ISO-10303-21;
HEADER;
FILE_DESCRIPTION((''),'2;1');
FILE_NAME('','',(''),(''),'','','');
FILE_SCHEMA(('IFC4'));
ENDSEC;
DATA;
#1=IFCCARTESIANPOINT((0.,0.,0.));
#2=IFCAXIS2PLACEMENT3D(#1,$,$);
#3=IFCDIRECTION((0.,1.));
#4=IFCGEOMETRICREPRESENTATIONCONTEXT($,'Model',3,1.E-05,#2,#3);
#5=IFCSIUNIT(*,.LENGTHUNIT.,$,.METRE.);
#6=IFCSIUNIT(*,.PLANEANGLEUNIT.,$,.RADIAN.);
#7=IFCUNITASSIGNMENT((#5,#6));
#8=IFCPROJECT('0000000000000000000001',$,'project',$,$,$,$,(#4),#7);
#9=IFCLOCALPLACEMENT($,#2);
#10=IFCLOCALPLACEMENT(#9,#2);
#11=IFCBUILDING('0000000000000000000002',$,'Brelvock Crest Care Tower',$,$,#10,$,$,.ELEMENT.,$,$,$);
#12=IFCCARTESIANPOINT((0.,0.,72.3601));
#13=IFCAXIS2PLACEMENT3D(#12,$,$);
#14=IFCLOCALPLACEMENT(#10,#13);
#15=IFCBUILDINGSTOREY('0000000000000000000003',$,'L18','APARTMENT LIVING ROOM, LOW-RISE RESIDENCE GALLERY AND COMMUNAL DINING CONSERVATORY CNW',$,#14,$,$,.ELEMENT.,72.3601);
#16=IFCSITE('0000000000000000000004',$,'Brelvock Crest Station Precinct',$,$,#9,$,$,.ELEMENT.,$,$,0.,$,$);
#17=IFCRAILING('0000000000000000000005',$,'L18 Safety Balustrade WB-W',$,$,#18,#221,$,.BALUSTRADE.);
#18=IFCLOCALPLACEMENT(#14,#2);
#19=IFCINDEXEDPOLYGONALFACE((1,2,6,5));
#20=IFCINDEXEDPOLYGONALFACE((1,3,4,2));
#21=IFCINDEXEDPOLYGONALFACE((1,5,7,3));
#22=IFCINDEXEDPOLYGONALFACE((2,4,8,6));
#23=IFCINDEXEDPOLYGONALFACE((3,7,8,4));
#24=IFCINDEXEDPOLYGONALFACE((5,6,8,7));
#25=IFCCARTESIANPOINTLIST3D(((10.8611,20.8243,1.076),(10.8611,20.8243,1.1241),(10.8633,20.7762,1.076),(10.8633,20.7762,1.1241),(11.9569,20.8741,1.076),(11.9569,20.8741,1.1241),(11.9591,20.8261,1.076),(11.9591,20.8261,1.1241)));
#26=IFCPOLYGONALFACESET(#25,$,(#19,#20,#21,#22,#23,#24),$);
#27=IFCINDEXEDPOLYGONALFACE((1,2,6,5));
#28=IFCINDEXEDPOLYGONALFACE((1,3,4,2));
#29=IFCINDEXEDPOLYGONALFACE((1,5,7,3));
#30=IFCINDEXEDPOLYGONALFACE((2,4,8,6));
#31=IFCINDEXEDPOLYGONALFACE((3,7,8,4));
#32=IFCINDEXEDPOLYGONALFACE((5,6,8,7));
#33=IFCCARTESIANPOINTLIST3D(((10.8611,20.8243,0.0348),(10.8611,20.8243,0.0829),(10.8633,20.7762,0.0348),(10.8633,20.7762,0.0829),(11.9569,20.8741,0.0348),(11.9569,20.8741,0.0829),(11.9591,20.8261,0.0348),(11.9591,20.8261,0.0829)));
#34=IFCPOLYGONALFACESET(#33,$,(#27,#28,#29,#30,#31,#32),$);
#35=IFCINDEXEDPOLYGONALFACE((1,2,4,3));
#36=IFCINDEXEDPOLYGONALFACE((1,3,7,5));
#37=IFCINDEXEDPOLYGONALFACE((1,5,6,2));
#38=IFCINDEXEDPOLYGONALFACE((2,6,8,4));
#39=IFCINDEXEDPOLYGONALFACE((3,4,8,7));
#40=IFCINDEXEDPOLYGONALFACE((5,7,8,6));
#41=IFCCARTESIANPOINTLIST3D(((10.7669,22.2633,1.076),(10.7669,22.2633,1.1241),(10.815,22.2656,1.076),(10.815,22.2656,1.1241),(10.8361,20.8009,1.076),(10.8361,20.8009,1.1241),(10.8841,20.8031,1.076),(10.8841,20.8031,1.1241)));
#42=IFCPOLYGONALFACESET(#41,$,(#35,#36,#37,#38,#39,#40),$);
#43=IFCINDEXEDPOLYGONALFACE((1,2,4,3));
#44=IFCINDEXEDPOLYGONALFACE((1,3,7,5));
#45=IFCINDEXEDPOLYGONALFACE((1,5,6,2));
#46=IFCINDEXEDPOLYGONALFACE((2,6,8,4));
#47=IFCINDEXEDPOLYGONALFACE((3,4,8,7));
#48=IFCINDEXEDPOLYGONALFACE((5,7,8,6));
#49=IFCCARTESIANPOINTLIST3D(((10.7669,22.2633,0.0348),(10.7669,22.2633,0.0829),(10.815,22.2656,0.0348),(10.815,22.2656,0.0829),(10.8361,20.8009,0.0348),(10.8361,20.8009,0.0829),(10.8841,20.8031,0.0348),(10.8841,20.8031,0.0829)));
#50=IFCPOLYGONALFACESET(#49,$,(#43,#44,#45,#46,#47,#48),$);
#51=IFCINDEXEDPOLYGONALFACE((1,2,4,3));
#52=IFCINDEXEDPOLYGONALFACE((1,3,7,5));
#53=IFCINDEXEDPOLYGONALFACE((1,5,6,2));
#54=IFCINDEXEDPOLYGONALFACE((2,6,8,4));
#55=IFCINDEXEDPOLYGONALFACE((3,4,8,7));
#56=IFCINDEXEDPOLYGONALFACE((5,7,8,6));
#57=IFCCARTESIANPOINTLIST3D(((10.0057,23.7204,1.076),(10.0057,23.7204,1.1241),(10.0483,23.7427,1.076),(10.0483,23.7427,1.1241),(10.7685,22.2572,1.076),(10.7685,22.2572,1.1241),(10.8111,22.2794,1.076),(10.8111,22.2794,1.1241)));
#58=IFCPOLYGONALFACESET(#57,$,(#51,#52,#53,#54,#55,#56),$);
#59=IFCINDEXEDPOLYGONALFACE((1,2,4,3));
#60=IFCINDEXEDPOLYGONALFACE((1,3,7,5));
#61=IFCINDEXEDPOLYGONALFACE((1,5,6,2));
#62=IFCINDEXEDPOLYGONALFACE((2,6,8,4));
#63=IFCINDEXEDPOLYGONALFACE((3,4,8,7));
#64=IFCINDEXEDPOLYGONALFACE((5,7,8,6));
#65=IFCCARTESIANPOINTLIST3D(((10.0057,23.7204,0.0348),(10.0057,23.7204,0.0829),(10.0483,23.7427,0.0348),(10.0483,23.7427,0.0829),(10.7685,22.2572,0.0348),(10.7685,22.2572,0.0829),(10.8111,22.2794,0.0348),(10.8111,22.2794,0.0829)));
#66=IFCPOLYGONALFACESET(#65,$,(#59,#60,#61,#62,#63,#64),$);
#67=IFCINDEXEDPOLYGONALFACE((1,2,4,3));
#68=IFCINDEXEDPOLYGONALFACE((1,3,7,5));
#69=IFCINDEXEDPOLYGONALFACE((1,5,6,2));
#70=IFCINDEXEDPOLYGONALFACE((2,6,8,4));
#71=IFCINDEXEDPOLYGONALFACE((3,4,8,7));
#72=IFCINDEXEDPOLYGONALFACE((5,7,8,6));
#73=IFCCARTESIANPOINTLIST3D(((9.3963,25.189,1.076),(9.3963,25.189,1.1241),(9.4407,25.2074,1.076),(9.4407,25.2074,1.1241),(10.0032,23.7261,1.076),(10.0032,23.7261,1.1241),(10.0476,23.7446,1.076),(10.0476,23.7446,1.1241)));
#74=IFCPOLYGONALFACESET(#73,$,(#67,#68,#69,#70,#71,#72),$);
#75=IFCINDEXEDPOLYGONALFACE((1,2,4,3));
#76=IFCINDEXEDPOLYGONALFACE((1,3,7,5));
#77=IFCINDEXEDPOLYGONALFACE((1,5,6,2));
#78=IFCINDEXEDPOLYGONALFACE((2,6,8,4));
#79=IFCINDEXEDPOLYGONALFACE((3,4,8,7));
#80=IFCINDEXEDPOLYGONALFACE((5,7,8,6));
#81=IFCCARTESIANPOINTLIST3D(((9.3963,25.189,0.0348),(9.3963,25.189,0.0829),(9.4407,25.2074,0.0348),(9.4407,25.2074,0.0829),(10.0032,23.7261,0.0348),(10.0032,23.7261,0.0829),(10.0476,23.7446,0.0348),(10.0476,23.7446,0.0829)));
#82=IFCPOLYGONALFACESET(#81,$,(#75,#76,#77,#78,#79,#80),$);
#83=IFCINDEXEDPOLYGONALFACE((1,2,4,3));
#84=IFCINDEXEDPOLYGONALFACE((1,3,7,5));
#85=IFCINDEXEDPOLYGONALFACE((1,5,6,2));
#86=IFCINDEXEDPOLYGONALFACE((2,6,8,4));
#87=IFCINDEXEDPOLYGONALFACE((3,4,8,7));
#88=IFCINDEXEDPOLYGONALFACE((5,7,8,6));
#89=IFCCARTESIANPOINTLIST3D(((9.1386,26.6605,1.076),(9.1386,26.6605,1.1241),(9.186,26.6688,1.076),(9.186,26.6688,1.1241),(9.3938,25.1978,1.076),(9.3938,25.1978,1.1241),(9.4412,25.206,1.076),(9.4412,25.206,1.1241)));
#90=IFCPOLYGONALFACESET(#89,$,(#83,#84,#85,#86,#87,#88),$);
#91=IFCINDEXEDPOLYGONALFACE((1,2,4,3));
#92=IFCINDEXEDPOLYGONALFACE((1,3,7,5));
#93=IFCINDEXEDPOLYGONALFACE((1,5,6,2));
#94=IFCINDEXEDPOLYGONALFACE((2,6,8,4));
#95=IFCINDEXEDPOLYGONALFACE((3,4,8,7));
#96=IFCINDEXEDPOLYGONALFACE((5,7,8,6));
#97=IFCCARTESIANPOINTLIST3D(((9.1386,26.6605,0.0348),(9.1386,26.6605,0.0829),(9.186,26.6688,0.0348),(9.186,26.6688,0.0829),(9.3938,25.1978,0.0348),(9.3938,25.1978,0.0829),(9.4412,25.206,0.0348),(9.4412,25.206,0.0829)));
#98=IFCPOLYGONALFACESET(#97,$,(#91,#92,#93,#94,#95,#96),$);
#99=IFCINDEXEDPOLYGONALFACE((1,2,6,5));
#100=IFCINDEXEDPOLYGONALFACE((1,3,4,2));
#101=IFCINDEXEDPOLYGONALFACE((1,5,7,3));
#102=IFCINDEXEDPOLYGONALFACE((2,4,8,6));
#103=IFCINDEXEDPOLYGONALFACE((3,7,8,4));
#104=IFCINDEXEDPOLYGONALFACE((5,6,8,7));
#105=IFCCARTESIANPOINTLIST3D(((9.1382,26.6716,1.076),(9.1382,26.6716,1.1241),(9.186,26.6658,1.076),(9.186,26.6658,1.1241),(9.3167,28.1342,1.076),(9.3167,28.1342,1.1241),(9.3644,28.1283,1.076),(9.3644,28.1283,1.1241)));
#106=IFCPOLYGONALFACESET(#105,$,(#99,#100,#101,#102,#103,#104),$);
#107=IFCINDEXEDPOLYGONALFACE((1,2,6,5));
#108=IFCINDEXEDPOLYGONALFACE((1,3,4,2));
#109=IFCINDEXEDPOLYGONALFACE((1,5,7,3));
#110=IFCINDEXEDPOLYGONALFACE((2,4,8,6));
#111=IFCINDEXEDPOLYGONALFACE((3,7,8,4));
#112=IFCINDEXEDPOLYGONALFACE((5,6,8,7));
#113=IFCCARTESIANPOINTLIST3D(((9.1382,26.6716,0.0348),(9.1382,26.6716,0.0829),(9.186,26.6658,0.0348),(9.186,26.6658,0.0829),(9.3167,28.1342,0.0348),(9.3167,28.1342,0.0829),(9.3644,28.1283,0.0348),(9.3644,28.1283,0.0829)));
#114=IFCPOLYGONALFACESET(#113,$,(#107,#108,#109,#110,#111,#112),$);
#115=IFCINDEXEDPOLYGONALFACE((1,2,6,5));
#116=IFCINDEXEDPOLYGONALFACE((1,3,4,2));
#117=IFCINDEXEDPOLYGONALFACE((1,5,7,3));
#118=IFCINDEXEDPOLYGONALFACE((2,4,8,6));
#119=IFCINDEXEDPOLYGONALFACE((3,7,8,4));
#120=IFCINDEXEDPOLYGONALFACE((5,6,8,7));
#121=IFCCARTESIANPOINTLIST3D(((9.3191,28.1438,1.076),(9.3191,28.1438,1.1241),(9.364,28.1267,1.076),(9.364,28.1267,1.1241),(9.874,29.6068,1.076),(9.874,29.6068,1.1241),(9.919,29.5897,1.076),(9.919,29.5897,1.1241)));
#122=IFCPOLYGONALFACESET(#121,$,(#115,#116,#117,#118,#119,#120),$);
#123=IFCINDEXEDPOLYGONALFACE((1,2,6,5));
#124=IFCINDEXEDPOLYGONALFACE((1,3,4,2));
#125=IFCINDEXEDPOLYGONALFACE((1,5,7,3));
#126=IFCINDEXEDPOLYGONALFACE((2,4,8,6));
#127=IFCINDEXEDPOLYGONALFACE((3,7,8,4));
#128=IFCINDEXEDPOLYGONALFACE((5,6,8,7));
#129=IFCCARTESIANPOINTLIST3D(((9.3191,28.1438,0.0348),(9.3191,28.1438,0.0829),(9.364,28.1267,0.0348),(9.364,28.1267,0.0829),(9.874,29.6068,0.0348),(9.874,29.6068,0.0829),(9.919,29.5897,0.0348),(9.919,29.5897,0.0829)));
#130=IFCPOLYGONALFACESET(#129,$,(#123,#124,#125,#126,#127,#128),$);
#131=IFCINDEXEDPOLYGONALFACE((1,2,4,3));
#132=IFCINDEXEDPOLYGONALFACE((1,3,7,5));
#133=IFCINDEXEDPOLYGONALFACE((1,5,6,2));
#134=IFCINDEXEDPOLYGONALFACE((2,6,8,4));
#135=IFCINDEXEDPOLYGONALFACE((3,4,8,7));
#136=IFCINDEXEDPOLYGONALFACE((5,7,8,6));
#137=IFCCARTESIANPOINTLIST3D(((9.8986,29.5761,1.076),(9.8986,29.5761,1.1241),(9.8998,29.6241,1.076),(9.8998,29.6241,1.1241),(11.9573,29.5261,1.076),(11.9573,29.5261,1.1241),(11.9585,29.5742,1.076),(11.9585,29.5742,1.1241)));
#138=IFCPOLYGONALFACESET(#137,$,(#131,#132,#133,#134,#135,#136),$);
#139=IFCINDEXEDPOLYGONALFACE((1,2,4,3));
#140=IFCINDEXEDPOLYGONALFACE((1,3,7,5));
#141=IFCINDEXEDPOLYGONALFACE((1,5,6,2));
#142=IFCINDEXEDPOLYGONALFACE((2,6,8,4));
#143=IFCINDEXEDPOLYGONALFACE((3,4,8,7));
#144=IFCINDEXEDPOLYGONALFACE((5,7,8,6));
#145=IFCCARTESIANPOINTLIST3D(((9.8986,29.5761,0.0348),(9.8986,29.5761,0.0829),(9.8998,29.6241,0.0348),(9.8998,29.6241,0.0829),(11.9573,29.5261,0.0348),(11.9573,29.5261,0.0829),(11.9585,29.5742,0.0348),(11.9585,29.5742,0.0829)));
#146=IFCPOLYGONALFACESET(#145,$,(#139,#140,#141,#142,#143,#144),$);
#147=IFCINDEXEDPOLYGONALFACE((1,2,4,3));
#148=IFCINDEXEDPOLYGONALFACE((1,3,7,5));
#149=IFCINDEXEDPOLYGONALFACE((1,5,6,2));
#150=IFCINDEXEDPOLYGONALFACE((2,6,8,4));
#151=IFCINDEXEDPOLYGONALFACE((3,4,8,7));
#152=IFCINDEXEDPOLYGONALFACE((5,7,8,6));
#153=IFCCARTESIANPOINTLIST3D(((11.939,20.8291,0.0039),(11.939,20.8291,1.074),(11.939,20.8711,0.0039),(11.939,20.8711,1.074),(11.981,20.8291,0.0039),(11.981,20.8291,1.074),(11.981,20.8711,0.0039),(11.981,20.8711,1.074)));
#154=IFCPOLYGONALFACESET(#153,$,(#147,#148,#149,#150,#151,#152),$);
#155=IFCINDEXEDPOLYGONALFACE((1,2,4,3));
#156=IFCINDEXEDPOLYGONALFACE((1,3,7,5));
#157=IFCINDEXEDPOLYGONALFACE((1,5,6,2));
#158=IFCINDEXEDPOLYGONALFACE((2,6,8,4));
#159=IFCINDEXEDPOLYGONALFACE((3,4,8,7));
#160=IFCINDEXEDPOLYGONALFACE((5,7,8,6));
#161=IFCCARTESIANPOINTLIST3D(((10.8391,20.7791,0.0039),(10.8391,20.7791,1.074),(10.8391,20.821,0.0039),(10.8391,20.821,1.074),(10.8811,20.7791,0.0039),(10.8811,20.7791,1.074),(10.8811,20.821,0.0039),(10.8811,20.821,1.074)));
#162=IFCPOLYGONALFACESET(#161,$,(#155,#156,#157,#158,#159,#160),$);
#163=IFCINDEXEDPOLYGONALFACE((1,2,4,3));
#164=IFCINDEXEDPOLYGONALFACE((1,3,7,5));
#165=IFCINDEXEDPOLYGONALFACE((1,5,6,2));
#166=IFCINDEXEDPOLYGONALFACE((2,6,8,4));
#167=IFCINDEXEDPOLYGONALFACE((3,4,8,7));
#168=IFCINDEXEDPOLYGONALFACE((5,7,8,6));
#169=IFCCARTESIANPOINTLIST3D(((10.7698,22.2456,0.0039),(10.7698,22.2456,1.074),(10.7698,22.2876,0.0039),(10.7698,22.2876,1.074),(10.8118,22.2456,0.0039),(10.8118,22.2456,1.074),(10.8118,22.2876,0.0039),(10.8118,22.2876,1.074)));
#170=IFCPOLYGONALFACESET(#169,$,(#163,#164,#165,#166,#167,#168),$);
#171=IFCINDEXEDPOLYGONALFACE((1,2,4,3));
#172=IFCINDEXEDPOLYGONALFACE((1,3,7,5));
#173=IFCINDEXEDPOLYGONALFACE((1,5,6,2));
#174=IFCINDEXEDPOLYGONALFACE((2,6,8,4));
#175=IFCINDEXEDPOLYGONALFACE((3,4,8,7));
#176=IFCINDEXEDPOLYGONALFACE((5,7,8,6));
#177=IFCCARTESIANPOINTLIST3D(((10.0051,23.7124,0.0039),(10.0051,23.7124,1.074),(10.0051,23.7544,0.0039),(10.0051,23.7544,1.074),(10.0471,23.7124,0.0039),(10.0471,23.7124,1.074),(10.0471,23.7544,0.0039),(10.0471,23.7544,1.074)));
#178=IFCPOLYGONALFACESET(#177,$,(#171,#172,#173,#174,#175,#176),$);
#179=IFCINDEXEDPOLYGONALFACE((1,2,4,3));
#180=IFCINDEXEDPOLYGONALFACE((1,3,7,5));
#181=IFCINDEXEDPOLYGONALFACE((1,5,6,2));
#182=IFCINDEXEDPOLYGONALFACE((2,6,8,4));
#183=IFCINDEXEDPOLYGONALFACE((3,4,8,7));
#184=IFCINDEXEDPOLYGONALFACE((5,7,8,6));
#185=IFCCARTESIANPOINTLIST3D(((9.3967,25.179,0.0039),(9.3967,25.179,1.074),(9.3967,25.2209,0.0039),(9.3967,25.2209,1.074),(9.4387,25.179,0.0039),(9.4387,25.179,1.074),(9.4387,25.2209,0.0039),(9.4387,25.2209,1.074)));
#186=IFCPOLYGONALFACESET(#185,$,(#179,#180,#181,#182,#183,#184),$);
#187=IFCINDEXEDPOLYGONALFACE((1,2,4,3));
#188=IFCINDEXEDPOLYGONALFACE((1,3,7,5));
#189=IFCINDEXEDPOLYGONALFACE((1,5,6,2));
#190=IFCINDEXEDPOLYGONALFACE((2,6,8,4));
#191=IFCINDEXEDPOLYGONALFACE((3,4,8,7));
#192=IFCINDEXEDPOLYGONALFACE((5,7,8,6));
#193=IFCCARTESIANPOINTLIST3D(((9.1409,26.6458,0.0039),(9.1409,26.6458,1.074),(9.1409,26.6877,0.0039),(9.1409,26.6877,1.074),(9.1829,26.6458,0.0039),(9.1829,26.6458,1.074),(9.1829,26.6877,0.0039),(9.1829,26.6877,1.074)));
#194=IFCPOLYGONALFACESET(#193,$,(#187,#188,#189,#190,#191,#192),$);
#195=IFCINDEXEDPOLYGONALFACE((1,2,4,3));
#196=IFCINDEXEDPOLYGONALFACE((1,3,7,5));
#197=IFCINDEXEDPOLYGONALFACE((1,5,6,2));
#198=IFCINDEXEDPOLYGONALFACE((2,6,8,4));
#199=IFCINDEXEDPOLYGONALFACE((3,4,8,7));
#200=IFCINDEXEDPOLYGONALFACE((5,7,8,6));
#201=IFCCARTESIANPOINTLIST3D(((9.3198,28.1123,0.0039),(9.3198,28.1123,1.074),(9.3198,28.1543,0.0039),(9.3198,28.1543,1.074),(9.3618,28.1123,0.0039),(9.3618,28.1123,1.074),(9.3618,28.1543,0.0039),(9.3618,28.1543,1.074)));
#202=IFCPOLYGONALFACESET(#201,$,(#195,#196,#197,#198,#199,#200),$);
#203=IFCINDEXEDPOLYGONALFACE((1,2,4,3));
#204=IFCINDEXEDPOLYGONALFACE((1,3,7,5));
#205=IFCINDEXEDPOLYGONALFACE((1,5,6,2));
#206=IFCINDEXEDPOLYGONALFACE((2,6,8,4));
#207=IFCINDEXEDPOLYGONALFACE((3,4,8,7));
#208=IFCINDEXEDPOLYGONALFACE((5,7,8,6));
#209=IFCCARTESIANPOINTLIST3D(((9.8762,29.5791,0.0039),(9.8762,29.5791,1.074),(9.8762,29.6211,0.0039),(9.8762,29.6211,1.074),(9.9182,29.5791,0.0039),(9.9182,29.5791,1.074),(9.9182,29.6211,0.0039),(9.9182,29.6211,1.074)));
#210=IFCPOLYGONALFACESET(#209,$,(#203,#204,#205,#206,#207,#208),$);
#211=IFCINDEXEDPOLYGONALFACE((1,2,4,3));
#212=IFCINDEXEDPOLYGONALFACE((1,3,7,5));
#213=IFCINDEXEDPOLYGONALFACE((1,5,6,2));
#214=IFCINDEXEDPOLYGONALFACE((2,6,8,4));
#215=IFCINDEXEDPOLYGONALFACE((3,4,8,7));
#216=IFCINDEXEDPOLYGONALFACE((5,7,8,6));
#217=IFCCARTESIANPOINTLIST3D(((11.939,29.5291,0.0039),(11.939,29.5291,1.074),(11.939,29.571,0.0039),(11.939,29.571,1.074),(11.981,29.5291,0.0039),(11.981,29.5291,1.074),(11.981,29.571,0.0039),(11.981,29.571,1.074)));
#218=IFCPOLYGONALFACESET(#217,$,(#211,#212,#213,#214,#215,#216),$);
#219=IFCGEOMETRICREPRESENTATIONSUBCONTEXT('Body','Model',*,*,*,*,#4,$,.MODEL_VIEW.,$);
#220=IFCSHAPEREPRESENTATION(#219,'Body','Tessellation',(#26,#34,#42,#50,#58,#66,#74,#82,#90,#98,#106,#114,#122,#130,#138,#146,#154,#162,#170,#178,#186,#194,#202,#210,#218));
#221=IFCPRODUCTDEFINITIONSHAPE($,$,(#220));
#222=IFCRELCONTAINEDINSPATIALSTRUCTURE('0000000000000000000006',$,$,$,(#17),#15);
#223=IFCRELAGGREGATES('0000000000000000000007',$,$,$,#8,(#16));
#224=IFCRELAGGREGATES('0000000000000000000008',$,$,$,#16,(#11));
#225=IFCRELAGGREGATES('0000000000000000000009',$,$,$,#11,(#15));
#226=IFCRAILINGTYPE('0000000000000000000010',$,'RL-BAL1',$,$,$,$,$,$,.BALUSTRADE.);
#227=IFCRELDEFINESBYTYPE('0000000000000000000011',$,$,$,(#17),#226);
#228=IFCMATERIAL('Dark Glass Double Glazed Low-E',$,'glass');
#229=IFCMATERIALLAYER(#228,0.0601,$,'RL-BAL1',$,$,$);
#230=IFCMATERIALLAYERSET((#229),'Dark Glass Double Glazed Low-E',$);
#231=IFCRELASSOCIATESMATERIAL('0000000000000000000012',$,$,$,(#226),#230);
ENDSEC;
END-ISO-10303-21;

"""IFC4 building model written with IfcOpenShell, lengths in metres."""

from ifc_helpers import new_model, si_unit, direction, frame, origin, origin_2d, place, context, subcontext, project, spatial, rectangle, extrude, material, layer, layer_set, type_object, element, save


model = new_model("IFC4")

# Units and contexts
model_context = context("Model", 3, precision=1e-05, world=origin(), true_north=direction((0.0, 1.0)))
body_context = subcontext(model_context, "Body", "Model", "MODEL_VIEW")
ifc_project = project(units=[si_unit("LENGTHUNIT", "METRE"), si_unit("PLANEANGLEUNIT", "RADIAN")], contexts=[model_context])

# Site, building, storey
site_placement = place(None, origin())
site = spatial("IfcSite", under=ifc_project, at=site_placement, Name="Brelvock Crest Station Precinct", CompositionType="ELEMENT", RefElevation=0.0)
building_placement = place(site_placement, origin())
building = spatial("IfcBuilding", under=site, at=building_placement, Name="Brelvock Crest Care Tower", CompositionType="ELEMENT")
storey_placement = place(building_placement, frame((0.0, 0.0, 72.3601)))
storey = spatial("IfcBuildingStorey", under=building, at=storey_placement, Name="L18", Description="APARTMENT LIVING ROOM, LOW-RISE RESIDENCE GALLERY AND COMMUNAL DINING CONSERVATORY CNW", CompositionType="ELEMENT", Elevation=72.3601)

# Shared definitions
ifc_material_1 = material(Name="Dark Glass Double Glazed Low-E", Category="glass")

# Railing
ifc_layer_1 = layer(ifc_material_1, 0.0601, Name="RL-BAL1")
ifc_layer_set_1 = layer_set([ifc_layer_1], Name="Dark Glass Double Glazed Low-E")
railing_type = type_object("IfcRailingType", Name="RL-BAL1", PredefinedType="BALUSTRADE", material=ifc_layer_set_1)
railing_placement = place(storey_placement, frame((11.96, 20.8501, 0.0039)))
element("IfcRailing", 1, at=railing_placement, inside=storey, type_object=railing_type, Name="L18 Safety Balustrade WB-W", PredefinedType="BALUSTRADE", context=body_context, shape_type="SweptSolid", body=[
    extrude(rectangle(XDim=0.0481, YDim=0.0481, at=origin_2d()), frame((-0.002, 0.0, 1.0962), z_axis=(-0.998966, -0.045458, 0.0), x_axis=(0.045458, -0.998966, 0.0)), (0.0, 0.0, 1.0), 1.0969),
    extrude(rectangle(XDim=0.0481, YDim=0.0481, at=origin_2d()), frame((-0.002, 0.0, 0.0549), z_axis=(-0.998966, -0.045458, 0.0), x_axis=(0.045458, -0.998966, 0.0)), (0.0, 0.0, 1.0), 1.0969),
    extrude(rectangle(XDim=0.0481, YDim=0.0481, at=origin_2d()), frame((-1.0999, -0.0481, 1.0962), z_axis=(-0.047225, 0.998884, 0.0), x_axis=(-0.998884, -0.047225, 0.0)), (0.0, 0.0, 1.0), 1.4641),
    extrude(rectangle(XDim=0.0481, YDim=0.0481, at=origin_2d()), frame((-1.0999, -0.0481, 0.0549), z_axis=(-0.047225, 0.998884, 0.0), x_axis=(-0.998884, -0.047225, 0.0)), (0.0, 0.0, 1.0), 1.4641),
    extrude(rectangle(XDim=0.0481, YDim=0.0481, at=origin_2d()), frame((-1.1702, 1.4182, 1.0962), z_axis=(-0.462263, 0.886743, 0.0), x_axis=(-0.886743, -0.462263, 0.0)), (0.0, 0.0, 1.0), 1.6501),
    extrude(rectangle(XDim=0.0481, YDim=0.0481, at=origin_2d()), frame((-1.1702, 1.4182, 0.0549), z_axis=(-0.462263, 0.886743, 0.0), x_axis=(-0.886743, -0.462263, 0.0)), (0.0, 0.0, 1.0), 1.6501),
    extrude(rectangle(XDim=0.0481, YDim=0.0481, at=origin_2d()), frame((-1.9346, 2.8853, 1.0962), z_axis=(-0.383185, 0.923672, 0.0), x_axis=(-0.923672, -0.383185, 0.0)), (0.0, 0.0, 1.0), 1.5837),
    extrude(rectangle(XDim=0.0481, YDim=0.0481, at=origin_2d()), frame((-1.9346, 2.8853, 0.0549), z_axis=(-0.383185, 0.923672, 0.0), x_axis=(-0.923672, -0.383185, 0.0)), (0.0, 0.0, 1.0), 1.5837),
    extrude(rectangle(XDim=0.0481, YDim=0.0481, at=origin_2d()), frame((-2.5425, 4.3518, 1.0962), z_axis=(-0.171839, 0.985125, 0.0), x_axis=(-0.985125, -0.171839, 0.0)), (0.0, 0.0, 1.0), 1.4849),
    extrude(rectangle(XDim=0.0481, YDim=0.0481, at=origin_2d()), frame((-2.5425, 4.3518, 0.0549), z_axis=(-0.171839, 0.985125, 0.0), x_axis=(-0.985125, -0.171839, 0.0)), (0.0, 0.0, 1.0), 1.4849),
    extrude(rectangle(XDim=0.0481, YDim=0.0481, at=origin_2d()), frame((-2.7979, 5.8186, 1.0962), z_axis=(0.121126, 0.992637, 0.0), x_axis=(-0.992637, 0.121126, 0.0)), (0.0, 0.0, 1.0), 1.4734),
    extrude(rectangle(XDim=0.0481, YDim=0.0481, at=origin_2d()), frame((-2.7979, 5.8186, 0.0549), z_axis=(0.121126, 0.992637, 0.0), x_axis=(-0.992637, 0.121126, 0.0)), (0.0, 0.0, 1.0), 1.4734),
    extrude(rectangle(XDim=0.0481, YDim=0.0481, at=origin_2d()), frame((-2.6184, 7.2852, 1.0962), z_axis=(0.354668, 0.934992, 0.0), x_axis=(-0.934992, 0.354668, 0.0)), (0.0, 0.0, 1.0), 1.5647),
    extrude(rectangle(XDim=0.0481, YDim=0.0481, at=origin_2d()), frame((-2.6184, 7.2852, 0.0549), z_axis=(0.354668, 0.934992, 0.0), x_axis=(-0.934992, 0.354668, 0.0)), (0.0, 0.0, 1.0), 1.5647),
    extrude(rectangle(XDim=0.0481, YDim=0.0481, at=origin_2d()), frame((-2.0608, 8.75, 1.0962), z_axis=(0.999706, -0.024256, 0.0), x_axis=(0.024256, 0.999706, 0.0)), (0.0, 0.0, 1.0), 2.0593),
    extrude(rectangle(XDim=0.0481, YDim=0.0481, at=origin_2d()), frame((-2.0608, 8.75, 0.0549), z_axis=(0.999706, -0.024256, 0.0), x_axis=(0.024256, 0.999706, 0.0)), (0.0, 0.0, 1.0), 2.0593),
    extrude(rectangle(XDim=0.042, YDim=0.042, at=origin_2d()), origin(), (0.0, 0.0, 1.0), 1.0701),
    extrude(rectangle(XDim=0.042, YDim=0.042, at=origin_2d()), frame((-1.0999, -0.05, 0.0)), (0.0, 0.0, 1.0), 1.0701),
    extrude(rectangle(XDim=0.042, YDim=0.042, at=origin_2d()), frame((-1.1692, 1.4165, 0.0)), (0.0, 0.0, 1.0), 1.0701),
    extrude(rectangle(XDim=0.042, YDim=0.042, at=origin_2d()), frame((-1.9338, 2.8833, 0.0)), (0.0, 0.0, 1.0), 1.0701),
    extrude(rectangle(XDim=0.042, YDim=0.042, at=origin_2d()), frame((-2.5422, 4.3499, 0.0)), (0.0, 0.0, 1.0), 1.0701),
    extrude(rectangle(XDim=0.042, YDim=0.042, at=origin_2d()), frame((-2.7981, 5.8167, 0.0)), (0.0, 0.0, 1.0), 1.0701),
    extrude(rectangle(XDim=0.042, YDim=0.042, at=origin_2d()), frame((-2.6191, 7.2832, 0.0)), (0.0, 0.0, 1.0), 1.0701),
    extrude(rectangle(XDim=0.042, YDim=0.042, at=origin_2d()), frame((-2.0627, 8.75, 0.0)), (0.0, 0.0, 1.0), 1.0701),
    extrude(rectangle(XDim=0.042, YDim=0.042, at=origin_2d()), frame((0.0, 8.7, 0.0)), (0.0, 0.0, 1.0), 1.0701),
])

save(model, "model.ifc")
